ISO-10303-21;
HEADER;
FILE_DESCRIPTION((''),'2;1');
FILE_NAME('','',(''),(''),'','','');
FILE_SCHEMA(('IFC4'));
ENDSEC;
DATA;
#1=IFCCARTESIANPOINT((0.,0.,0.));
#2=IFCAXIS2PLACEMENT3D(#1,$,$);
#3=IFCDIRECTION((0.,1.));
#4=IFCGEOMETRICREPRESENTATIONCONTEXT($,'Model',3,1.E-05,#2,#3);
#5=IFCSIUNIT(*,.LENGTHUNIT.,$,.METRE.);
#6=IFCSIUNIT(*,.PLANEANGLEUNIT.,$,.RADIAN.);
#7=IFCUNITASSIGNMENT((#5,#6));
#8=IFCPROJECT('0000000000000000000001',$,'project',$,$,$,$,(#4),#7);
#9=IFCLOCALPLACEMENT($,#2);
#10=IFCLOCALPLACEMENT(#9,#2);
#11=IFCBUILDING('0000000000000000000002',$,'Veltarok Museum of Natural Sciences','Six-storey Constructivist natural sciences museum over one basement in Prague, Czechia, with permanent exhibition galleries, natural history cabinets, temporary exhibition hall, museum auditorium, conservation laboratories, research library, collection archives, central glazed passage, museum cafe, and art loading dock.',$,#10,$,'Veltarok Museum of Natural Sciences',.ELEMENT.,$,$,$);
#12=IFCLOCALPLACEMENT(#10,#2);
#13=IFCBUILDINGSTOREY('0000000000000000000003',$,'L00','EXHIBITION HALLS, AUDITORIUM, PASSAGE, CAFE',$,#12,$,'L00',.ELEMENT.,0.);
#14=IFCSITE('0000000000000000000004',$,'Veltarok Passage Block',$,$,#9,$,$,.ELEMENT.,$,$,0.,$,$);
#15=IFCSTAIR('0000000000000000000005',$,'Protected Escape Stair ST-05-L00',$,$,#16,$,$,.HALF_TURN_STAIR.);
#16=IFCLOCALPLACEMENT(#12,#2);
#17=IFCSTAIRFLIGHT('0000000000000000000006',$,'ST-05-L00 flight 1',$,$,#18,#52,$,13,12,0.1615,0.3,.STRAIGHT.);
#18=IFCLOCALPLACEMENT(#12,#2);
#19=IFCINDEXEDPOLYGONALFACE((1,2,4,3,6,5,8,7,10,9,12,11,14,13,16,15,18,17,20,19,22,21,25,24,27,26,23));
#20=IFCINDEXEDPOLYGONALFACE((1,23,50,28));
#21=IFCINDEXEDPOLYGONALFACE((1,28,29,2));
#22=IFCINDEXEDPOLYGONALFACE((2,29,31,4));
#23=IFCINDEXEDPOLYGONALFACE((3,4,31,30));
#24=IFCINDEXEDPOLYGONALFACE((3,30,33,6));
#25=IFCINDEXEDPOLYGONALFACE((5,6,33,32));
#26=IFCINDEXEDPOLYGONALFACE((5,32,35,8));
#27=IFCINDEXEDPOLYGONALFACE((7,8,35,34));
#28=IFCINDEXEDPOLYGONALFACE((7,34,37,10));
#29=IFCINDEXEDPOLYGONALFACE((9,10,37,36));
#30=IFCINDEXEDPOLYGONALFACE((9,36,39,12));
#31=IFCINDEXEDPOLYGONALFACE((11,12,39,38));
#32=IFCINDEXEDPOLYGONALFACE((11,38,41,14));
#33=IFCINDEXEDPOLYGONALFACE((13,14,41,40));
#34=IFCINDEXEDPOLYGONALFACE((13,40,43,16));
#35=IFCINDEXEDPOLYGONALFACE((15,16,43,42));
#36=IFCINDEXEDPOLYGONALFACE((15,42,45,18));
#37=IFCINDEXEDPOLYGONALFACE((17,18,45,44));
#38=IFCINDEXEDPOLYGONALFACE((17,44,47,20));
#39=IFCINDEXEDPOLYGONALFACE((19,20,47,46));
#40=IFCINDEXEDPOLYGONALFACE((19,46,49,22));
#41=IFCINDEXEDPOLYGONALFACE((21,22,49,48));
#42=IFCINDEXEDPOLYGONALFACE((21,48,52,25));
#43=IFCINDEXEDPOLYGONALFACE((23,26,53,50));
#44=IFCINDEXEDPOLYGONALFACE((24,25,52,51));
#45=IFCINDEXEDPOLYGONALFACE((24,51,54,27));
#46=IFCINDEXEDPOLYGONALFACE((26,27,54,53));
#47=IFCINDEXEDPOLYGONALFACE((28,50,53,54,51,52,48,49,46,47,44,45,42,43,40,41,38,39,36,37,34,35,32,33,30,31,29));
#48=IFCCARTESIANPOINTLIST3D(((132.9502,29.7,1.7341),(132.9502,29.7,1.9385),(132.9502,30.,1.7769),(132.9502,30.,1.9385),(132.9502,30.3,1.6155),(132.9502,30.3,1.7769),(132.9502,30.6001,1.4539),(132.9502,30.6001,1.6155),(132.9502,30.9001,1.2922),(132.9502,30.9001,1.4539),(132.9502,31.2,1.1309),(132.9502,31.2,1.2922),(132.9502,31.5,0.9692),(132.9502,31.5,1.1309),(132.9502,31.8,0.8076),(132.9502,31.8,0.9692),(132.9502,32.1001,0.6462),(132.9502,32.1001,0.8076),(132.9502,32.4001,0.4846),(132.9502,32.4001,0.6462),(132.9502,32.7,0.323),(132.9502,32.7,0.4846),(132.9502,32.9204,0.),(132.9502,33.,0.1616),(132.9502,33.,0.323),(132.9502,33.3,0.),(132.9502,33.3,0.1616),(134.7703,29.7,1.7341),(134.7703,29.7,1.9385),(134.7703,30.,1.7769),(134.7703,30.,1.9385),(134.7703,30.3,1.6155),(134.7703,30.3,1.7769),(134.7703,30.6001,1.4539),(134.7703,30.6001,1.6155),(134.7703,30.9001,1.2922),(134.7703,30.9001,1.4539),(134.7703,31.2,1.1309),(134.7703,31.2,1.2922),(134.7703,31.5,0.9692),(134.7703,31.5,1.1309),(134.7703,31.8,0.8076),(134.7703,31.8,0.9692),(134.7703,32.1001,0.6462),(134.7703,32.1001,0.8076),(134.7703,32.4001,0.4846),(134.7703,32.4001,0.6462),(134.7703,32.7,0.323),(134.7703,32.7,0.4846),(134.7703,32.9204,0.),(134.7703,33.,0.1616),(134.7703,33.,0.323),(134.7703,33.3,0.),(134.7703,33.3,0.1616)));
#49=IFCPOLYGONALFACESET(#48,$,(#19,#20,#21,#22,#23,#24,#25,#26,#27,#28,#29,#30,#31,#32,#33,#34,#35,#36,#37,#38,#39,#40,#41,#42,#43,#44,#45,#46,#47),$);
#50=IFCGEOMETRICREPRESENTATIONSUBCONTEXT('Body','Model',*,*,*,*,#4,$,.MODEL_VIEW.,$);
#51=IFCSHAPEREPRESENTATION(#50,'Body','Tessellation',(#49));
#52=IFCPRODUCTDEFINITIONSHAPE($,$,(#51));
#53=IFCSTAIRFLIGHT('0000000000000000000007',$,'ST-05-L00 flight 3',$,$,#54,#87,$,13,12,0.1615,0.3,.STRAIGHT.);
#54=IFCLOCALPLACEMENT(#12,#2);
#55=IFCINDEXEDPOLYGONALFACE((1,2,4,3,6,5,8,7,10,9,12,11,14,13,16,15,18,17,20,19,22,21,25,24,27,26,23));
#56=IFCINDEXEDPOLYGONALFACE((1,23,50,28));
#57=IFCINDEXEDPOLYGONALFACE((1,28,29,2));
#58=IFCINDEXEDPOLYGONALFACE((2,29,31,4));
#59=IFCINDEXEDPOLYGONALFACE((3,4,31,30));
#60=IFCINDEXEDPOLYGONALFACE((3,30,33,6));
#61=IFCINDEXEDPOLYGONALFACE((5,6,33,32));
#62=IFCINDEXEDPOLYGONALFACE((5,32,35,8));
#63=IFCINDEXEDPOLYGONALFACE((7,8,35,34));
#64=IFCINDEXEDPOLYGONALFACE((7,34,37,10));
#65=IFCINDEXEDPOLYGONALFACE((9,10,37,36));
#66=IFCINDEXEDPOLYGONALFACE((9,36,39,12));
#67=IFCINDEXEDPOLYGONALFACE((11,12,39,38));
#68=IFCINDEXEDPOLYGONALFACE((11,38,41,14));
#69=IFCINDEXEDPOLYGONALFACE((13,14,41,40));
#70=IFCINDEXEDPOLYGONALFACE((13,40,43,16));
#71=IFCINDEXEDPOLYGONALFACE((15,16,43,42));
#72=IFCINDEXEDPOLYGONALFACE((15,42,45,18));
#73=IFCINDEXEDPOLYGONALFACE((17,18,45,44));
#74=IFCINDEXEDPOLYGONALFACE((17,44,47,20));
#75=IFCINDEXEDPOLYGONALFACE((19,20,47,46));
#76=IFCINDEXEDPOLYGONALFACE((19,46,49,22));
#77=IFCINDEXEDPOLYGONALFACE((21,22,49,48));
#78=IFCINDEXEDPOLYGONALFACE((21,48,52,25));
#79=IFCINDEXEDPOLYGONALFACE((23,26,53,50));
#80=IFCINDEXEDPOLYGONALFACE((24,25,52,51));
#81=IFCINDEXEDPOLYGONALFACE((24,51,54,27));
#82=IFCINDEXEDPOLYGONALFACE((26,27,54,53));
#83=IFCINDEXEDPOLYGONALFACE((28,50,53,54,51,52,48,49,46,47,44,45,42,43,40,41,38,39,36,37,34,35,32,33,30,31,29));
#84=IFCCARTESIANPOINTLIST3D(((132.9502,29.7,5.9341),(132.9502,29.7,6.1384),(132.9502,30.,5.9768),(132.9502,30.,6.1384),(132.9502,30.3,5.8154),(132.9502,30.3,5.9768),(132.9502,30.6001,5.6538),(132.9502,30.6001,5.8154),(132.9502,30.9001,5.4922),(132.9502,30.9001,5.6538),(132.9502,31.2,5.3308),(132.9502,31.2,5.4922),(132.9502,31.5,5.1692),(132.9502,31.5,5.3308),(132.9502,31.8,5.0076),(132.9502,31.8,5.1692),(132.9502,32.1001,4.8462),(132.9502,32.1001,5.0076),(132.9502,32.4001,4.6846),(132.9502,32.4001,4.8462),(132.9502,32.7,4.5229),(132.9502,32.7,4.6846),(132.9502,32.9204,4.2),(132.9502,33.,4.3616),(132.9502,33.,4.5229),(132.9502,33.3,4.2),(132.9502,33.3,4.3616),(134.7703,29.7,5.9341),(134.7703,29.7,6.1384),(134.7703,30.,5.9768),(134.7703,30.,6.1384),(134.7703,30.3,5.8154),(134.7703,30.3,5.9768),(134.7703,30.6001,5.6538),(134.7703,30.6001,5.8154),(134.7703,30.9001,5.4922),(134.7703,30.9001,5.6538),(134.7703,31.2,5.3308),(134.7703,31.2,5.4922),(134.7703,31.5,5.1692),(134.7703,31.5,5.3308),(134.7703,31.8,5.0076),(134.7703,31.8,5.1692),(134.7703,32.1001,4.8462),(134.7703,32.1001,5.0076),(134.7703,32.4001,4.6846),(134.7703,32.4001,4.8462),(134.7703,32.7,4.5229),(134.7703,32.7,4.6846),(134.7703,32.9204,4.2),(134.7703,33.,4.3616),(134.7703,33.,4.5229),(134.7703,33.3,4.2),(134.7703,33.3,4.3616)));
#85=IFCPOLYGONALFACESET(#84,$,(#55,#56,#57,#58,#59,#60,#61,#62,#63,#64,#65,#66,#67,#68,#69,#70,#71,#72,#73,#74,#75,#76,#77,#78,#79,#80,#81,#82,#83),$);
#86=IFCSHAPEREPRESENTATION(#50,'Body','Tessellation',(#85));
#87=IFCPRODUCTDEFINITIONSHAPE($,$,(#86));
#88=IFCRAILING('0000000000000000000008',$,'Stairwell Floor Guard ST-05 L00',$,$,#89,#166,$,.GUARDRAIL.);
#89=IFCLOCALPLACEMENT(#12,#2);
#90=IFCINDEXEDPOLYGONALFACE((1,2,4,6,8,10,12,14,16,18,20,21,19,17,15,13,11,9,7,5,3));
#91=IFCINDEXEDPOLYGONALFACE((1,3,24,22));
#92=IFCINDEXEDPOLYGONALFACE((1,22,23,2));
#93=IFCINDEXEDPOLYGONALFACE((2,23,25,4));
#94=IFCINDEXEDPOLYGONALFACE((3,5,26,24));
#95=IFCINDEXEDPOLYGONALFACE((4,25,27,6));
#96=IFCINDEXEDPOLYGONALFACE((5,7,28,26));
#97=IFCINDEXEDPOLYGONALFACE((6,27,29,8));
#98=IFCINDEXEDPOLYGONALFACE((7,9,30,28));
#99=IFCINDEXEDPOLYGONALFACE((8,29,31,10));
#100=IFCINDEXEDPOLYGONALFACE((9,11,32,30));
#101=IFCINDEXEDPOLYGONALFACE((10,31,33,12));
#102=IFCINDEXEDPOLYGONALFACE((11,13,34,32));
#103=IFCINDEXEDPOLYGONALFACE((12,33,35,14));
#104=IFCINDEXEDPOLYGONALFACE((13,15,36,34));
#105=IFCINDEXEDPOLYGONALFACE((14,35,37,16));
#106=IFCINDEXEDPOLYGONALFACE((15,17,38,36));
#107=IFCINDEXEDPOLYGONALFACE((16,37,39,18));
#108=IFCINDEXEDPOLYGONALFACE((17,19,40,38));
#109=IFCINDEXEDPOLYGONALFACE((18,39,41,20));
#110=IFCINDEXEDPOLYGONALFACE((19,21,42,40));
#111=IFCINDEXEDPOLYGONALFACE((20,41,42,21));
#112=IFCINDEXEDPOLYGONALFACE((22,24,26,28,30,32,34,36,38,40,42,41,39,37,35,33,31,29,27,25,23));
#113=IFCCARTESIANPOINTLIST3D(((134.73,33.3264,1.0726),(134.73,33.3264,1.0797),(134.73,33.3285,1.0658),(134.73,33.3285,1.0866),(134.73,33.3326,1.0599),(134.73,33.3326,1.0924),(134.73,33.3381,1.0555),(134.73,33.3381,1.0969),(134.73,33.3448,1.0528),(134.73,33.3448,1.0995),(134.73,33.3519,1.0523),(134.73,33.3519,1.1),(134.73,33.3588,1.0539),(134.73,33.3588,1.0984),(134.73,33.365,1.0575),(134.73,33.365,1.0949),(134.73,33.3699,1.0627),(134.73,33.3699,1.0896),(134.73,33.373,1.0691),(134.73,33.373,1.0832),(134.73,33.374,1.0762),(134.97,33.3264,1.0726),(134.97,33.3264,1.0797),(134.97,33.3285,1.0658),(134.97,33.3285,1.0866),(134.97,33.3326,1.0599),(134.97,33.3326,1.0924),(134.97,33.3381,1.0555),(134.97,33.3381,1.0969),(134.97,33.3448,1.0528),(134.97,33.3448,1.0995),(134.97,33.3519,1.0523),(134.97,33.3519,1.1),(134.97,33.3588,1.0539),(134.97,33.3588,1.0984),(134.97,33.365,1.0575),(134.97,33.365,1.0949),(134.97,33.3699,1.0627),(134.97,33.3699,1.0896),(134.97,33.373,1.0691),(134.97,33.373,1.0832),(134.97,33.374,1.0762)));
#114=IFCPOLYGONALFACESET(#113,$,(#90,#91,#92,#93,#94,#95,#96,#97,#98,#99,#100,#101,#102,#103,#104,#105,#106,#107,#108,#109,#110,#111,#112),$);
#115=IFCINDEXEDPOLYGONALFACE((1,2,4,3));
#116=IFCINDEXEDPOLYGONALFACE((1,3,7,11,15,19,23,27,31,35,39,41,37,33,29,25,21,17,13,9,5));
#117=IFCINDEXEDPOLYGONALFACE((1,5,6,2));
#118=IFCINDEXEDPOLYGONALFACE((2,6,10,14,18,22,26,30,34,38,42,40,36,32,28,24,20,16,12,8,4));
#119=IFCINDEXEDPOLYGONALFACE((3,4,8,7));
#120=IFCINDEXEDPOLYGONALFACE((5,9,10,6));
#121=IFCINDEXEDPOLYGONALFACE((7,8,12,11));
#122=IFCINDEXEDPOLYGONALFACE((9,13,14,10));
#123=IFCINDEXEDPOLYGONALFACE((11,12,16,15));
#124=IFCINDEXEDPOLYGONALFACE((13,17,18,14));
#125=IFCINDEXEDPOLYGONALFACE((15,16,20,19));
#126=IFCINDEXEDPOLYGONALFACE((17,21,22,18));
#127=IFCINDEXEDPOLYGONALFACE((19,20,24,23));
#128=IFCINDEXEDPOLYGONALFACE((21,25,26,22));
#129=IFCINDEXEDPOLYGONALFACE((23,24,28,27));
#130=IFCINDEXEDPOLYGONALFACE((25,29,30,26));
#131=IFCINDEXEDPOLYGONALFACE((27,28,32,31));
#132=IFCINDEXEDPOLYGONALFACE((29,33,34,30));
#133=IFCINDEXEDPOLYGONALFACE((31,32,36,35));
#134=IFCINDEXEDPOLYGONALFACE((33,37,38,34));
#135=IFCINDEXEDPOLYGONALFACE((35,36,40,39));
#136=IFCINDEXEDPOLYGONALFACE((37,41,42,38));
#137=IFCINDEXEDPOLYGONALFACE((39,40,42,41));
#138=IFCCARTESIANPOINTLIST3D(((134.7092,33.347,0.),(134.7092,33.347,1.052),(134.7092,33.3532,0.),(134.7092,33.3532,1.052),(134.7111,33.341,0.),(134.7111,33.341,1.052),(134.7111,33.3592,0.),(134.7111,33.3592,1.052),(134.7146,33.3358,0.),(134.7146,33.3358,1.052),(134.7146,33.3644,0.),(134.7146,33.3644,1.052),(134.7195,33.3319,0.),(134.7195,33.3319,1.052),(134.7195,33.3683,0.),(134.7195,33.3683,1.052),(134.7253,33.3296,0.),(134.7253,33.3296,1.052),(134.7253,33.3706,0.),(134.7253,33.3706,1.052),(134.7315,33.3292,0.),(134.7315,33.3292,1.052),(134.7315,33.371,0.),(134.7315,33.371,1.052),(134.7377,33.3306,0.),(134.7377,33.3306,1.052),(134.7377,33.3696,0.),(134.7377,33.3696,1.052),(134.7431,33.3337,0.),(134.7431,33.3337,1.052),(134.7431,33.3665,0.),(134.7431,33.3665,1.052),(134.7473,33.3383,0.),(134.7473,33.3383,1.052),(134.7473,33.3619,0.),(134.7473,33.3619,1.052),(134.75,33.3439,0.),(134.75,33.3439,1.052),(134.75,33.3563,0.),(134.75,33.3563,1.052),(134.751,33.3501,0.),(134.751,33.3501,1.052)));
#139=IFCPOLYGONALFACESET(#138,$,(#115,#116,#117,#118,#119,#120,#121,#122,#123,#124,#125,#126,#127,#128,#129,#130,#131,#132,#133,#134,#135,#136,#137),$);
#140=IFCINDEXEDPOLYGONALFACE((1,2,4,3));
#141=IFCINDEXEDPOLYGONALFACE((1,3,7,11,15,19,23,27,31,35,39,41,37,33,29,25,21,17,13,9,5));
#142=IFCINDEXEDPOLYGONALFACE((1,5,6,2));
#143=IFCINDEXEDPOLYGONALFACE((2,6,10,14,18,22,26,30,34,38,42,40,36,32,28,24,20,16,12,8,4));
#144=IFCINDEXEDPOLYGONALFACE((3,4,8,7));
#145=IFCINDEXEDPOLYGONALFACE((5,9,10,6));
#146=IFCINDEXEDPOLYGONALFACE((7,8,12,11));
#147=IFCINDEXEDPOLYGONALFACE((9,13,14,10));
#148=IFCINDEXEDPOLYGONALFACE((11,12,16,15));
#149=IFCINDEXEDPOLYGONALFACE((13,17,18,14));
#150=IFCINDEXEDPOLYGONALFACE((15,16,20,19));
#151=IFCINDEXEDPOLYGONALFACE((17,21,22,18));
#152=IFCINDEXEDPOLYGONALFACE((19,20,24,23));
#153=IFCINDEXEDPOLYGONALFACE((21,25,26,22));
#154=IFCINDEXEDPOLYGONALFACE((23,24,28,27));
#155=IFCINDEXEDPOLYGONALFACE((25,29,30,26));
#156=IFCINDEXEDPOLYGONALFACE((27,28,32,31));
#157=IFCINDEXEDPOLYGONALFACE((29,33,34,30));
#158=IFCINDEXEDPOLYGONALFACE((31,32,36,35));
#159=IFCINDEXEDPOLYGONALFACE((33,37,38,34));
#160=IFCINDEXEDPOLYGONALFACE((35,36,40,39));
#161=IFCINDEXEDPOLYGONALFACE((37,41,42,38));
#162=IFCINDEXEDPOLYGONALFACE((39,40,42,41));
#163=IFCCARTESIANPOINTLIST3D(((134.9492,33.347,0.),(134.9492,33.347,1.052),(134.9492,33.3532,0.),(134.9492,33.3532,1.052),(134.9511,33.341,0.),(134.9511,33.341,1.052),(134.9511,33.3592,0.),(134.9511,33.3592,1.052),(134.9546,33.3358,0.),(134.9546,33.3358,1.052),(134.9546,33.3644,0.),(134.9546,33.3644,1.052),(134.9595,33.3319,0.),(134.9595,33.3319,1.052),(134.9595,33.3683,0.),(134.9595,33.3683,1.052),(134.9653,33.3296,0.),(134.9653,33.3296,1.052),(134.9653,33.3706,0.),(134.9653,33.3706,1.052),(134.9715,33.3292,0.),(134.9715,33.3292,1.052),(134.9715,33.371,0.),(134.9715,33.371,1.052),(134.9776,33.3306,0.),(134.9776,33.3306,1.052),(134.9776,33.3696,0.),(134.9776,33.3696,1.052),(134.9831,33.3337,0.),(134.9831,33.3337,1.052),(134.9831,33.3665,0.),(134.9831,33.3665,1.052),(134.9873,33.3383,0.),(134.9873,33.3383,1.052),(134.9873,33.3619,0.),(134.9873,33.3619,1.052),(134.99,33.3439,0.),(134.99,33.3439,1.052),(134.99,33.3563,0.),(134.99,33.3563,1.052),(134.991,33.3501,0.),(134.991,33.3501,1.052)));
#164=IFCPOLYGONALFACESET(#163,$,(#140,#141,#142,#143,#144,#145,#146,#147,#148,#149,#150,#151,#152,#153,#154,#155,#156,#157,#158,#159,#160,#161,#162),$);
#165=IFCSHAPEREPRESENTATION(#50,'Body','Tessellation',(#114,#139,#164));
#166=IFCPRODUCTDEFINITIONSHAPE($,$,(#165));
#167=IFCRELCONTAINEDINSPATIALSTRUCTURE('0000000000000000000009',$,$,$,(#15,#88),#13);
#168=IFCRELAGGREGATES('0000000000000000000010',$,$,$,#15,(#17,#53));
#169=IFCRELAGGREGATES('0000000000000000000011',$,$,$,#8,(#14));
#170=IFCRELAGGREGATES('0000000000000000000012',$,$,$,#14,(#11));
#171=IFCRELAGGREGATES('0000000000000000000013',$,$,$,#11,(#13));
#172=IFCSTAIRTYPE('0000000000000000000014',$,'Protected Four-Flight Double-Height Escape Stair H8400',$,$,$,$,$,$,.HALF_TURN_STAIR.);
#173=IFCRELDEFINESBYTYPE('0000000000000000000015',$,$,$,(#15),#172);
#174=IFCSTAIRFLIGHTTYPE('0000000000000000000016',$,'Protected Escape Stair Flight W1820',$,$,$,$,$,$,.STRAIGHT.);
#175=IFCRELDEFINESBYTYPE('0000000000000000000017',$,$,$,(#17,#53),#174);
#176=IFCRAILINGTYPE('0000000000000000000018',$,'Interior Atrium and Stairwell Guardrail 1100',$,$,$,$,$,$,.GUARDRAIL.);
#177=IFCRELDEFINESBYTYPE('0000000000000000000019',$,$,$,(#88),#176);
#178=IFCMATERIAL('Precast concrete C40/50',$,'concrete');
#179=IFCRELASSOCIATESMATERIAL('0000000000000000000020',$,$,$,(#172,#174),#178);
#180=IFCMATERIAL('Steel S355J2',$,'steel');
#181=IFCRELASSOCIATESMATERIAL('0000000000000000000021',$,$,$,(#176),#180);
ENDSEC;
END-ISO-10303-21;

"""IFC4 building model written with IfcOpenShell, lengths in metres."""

from ifc_helpers import new_model, si_unit, direction, frame, origin, origin_2d, place, context, subcontext, project, spatial, polyline, circle, outline, extrude, material, type_object, element, aggregate, save


model = new_model("IFC4")

# Units and contexts
model_context = context("Model", 3, precision=1e-05, world=origin(), true_north=direction((0.0, 1.0)))
body_context = subcontext(model_context, "Body", "Model", "MODEL_VIEW")
ifc_project = project(units=[si_unit("LENGTHUNIT", "METRE"), si_unit("PLANEANGLEUNIT", "RADIAN")], contexts=[model_context])

# Site, building, storey
site_placement = place(None, origin())
site = spatial("IfcSite", under=ifc_project, at=site_placement, Name="Veltarok Passage Block", CompositionType="ELEMENT", RefElevation=0.0)
building_placement = place(site_placement, origin())
building = spatial("IfcBuilding", under=site, at=building_placement, Name="Veltarok Museum of Natural Sciences", Description="Six-storey Constructivist natural sciences museum over one basement in Prague, Czechia, with permanent exhibition galleries, natural history cabinets, temporary exhibition hall, museum auditorium, conservation laboratories, research library, collection archives, central glazed passage, museum cafe, and art loading dock.", LongName="Veltarok Museum of Natural Sciences", CompositionType="ELEMENT")
storey_placement = place(building_placement, origin())
storey = spatial("IfcBuildingStorey", under=building, at=storey_placement, Name="L00", Description="EXHIBITION HALLS, AUDITORIUM, PASSAGE, CAFE", LongName="L00", CompositionType="ELEMENT", Elevation=0.0)

# Shared definitions
ifc_material_1 = material(Name="Steel S355J2", Category="steel")

# Shared definitions
ifc_material_2 = material(Name="Precast concrete C40/50", Category="concrete")

# Stair, stair flights
stair_type = type_object("IfcStairType", Name="Protected Four-Flight Double-Height Escape Stair H8400", PredefinedType="HALF_TURN_STAIR", material=ifc_material_2)
stair_placement = place(storey_placement, origin())
stair = element("IfcStair", 1, at=stair_placement, inside=storey, type_object=stair_type, Name="Protected Escape Stair ST-05-L00", PredefinedType="HALF_TURN_STAIR")
stair_flight_type = type_object("IfcStairFlightType", Name="Protected Escape Stair Flight W1820", PredefinedType="STRAIGHT", material=ifc_material_2)
stair_flight_1_placement = place(storey_placement, frame((133.8601, 33.3, 0.0), z_axis=(0.0, 0.0, 1.0), x_axis=(0.0, -1.0, 0.0)))
stair_flight_1 = element("IfcStairFlight", 2, at=stair_flight_1_placement, type_object=stair_flight_type, Name="ST-05-L00 flight 1", NumberOfRisers=13, NumberOfTreads=12, PredefinedType="STRAIGHT", RiserHeight=0.1615, TreadLength=0.3, context=body_context, shape_type="SweptSolid", body=[
    extrude(outline(polyline([(0.0, 0.0), (0.0, 0.1616), (0.3, 0.1616), (0.3, 0.323), (0.6001, 0.323), (0.6001, 0.4846), (0.8999, 0.4846), (0.8999, 0.6462), (1.2, 0.6462), (1.2, 0.8076), (1.5, 0.8076), (1.5, 0.9692), (1.8, 0.9692), (1.8, 1.1309), (2.1001, 1.1309), (2.1001, 1.2922), (2.3999, 1.2922), (2.3999, 1.4539), (2.7, 1.4539), (2.7, 1.6155), (3.0, 1.6155), (3.0, 1.7769), (3.3, 1.7769), (3.3, 1.9385), (3.6001, 1.9385), (3.6001, 2.1001), (3.6001, 1.7341), (0.3796, 0.0), (0.0, 0.0)])), frame((0.0, 0.9102, 0.0), z_axis=(0.0, -1.0, 0.0), x_axis=(1.0, 0.0, 0.0)), (0.0, 0.0, 1.0), 1.8201),
])
stair_flight_2_placement = place(storey_placement, frame((133.8601, 33.3, 4.2), z_axis=(0.0, 0.0, 1.0), x_axis=(0.0, -1.0, 0.0)))
stair_flight_2 = element("IfcStairFlight", 3, at=stair_flight_2_placement, type_object=stair_flight_type, Name="ST-05-L00 flight 3", NumberOfRisers=13, NumberOfTreads=12, PredefinedType="STRAIGHT", RiserHeight=0.1615, TreadLength=0.3, context=body_context, shape_type="SweptSolid", body=[
    extrude(outline(polyline([(0.0, 0.0), (0.0, 0.1616), (0.3, 0.1616), (0.3, 0.323), (0.6001, 0.323), (0.6001, 0.4846), (0.8999, 0.4846), (0.8999, 0.6462), (1.2, 0.6462), (1.2, 0.8076), (1.5, 0.8076), (1.5, 0.9692), (1.8, 0.9692), (1.8, 1.1309), (2.1001, 1.1309), (2.1001, 1.2922), (2.3999, 1.2922), (2.3999, 1.4539), (2.7, 1.4539), (2.7, 1.6155), (3.0, 1.6155), (3.0, 1.7769), (3.3, 1.7769), (3.3, 1.9385), (3.6001, 1.9385), (3.6001, 2.1001), (3.6001, 1.7341), (0.3796, 0.0), (0.0, 0.0)])), frame((0.0, 0.9102, 0.0), z_axis=(0.0, -1.0, 0.0), x_axis=(1.0, 0.0, 0.0)), (0.0, 0.0, 1.0), 1.8201),
])
aggregate(stair, [stair_flight_1, stair_flight_2])

# Railing
railing_type_1 = type_object("IfcRailingType", Name="Interior Atrium and Stairwell Guardrail 1100", PredefinedType="GUARDRAIL", material=ifc_material_1)
for number, where, name in (
    (4, (134.73, 33.3501, 0.0), "Stairwell Floor Guard ST-05 L00"),
):
    element("IfcRailing", number, at=place(storey_placement, frame(where)), inside=storey, type_object=railing_type_1, Name=name, PredefinedType="GUARDRAIL", context=body_context, shape_type="SweptSolid", body=[
        extrude(circle(Radius=0.0239, at=origin_2d()), frame((0.0, 0.0, 1.0762), z_axis=(1.0, 0.0, 0.0), x_axis=(0.0, 1.0, 0.0)), (0.0, 0.0, 1.0), 0.24),
        extrude(circle(Radius=0.021, at=origin_2d()), origin(), (0.0, 0.0, 1.0), 1.052),
        extrude(circle(Radius=0.021, at=origin_2d()), frame((0.24, 0.0, 0.0)), (0.0, 0.0, 1.0), 1.052),
    ])

save(model, "model.ifc")
